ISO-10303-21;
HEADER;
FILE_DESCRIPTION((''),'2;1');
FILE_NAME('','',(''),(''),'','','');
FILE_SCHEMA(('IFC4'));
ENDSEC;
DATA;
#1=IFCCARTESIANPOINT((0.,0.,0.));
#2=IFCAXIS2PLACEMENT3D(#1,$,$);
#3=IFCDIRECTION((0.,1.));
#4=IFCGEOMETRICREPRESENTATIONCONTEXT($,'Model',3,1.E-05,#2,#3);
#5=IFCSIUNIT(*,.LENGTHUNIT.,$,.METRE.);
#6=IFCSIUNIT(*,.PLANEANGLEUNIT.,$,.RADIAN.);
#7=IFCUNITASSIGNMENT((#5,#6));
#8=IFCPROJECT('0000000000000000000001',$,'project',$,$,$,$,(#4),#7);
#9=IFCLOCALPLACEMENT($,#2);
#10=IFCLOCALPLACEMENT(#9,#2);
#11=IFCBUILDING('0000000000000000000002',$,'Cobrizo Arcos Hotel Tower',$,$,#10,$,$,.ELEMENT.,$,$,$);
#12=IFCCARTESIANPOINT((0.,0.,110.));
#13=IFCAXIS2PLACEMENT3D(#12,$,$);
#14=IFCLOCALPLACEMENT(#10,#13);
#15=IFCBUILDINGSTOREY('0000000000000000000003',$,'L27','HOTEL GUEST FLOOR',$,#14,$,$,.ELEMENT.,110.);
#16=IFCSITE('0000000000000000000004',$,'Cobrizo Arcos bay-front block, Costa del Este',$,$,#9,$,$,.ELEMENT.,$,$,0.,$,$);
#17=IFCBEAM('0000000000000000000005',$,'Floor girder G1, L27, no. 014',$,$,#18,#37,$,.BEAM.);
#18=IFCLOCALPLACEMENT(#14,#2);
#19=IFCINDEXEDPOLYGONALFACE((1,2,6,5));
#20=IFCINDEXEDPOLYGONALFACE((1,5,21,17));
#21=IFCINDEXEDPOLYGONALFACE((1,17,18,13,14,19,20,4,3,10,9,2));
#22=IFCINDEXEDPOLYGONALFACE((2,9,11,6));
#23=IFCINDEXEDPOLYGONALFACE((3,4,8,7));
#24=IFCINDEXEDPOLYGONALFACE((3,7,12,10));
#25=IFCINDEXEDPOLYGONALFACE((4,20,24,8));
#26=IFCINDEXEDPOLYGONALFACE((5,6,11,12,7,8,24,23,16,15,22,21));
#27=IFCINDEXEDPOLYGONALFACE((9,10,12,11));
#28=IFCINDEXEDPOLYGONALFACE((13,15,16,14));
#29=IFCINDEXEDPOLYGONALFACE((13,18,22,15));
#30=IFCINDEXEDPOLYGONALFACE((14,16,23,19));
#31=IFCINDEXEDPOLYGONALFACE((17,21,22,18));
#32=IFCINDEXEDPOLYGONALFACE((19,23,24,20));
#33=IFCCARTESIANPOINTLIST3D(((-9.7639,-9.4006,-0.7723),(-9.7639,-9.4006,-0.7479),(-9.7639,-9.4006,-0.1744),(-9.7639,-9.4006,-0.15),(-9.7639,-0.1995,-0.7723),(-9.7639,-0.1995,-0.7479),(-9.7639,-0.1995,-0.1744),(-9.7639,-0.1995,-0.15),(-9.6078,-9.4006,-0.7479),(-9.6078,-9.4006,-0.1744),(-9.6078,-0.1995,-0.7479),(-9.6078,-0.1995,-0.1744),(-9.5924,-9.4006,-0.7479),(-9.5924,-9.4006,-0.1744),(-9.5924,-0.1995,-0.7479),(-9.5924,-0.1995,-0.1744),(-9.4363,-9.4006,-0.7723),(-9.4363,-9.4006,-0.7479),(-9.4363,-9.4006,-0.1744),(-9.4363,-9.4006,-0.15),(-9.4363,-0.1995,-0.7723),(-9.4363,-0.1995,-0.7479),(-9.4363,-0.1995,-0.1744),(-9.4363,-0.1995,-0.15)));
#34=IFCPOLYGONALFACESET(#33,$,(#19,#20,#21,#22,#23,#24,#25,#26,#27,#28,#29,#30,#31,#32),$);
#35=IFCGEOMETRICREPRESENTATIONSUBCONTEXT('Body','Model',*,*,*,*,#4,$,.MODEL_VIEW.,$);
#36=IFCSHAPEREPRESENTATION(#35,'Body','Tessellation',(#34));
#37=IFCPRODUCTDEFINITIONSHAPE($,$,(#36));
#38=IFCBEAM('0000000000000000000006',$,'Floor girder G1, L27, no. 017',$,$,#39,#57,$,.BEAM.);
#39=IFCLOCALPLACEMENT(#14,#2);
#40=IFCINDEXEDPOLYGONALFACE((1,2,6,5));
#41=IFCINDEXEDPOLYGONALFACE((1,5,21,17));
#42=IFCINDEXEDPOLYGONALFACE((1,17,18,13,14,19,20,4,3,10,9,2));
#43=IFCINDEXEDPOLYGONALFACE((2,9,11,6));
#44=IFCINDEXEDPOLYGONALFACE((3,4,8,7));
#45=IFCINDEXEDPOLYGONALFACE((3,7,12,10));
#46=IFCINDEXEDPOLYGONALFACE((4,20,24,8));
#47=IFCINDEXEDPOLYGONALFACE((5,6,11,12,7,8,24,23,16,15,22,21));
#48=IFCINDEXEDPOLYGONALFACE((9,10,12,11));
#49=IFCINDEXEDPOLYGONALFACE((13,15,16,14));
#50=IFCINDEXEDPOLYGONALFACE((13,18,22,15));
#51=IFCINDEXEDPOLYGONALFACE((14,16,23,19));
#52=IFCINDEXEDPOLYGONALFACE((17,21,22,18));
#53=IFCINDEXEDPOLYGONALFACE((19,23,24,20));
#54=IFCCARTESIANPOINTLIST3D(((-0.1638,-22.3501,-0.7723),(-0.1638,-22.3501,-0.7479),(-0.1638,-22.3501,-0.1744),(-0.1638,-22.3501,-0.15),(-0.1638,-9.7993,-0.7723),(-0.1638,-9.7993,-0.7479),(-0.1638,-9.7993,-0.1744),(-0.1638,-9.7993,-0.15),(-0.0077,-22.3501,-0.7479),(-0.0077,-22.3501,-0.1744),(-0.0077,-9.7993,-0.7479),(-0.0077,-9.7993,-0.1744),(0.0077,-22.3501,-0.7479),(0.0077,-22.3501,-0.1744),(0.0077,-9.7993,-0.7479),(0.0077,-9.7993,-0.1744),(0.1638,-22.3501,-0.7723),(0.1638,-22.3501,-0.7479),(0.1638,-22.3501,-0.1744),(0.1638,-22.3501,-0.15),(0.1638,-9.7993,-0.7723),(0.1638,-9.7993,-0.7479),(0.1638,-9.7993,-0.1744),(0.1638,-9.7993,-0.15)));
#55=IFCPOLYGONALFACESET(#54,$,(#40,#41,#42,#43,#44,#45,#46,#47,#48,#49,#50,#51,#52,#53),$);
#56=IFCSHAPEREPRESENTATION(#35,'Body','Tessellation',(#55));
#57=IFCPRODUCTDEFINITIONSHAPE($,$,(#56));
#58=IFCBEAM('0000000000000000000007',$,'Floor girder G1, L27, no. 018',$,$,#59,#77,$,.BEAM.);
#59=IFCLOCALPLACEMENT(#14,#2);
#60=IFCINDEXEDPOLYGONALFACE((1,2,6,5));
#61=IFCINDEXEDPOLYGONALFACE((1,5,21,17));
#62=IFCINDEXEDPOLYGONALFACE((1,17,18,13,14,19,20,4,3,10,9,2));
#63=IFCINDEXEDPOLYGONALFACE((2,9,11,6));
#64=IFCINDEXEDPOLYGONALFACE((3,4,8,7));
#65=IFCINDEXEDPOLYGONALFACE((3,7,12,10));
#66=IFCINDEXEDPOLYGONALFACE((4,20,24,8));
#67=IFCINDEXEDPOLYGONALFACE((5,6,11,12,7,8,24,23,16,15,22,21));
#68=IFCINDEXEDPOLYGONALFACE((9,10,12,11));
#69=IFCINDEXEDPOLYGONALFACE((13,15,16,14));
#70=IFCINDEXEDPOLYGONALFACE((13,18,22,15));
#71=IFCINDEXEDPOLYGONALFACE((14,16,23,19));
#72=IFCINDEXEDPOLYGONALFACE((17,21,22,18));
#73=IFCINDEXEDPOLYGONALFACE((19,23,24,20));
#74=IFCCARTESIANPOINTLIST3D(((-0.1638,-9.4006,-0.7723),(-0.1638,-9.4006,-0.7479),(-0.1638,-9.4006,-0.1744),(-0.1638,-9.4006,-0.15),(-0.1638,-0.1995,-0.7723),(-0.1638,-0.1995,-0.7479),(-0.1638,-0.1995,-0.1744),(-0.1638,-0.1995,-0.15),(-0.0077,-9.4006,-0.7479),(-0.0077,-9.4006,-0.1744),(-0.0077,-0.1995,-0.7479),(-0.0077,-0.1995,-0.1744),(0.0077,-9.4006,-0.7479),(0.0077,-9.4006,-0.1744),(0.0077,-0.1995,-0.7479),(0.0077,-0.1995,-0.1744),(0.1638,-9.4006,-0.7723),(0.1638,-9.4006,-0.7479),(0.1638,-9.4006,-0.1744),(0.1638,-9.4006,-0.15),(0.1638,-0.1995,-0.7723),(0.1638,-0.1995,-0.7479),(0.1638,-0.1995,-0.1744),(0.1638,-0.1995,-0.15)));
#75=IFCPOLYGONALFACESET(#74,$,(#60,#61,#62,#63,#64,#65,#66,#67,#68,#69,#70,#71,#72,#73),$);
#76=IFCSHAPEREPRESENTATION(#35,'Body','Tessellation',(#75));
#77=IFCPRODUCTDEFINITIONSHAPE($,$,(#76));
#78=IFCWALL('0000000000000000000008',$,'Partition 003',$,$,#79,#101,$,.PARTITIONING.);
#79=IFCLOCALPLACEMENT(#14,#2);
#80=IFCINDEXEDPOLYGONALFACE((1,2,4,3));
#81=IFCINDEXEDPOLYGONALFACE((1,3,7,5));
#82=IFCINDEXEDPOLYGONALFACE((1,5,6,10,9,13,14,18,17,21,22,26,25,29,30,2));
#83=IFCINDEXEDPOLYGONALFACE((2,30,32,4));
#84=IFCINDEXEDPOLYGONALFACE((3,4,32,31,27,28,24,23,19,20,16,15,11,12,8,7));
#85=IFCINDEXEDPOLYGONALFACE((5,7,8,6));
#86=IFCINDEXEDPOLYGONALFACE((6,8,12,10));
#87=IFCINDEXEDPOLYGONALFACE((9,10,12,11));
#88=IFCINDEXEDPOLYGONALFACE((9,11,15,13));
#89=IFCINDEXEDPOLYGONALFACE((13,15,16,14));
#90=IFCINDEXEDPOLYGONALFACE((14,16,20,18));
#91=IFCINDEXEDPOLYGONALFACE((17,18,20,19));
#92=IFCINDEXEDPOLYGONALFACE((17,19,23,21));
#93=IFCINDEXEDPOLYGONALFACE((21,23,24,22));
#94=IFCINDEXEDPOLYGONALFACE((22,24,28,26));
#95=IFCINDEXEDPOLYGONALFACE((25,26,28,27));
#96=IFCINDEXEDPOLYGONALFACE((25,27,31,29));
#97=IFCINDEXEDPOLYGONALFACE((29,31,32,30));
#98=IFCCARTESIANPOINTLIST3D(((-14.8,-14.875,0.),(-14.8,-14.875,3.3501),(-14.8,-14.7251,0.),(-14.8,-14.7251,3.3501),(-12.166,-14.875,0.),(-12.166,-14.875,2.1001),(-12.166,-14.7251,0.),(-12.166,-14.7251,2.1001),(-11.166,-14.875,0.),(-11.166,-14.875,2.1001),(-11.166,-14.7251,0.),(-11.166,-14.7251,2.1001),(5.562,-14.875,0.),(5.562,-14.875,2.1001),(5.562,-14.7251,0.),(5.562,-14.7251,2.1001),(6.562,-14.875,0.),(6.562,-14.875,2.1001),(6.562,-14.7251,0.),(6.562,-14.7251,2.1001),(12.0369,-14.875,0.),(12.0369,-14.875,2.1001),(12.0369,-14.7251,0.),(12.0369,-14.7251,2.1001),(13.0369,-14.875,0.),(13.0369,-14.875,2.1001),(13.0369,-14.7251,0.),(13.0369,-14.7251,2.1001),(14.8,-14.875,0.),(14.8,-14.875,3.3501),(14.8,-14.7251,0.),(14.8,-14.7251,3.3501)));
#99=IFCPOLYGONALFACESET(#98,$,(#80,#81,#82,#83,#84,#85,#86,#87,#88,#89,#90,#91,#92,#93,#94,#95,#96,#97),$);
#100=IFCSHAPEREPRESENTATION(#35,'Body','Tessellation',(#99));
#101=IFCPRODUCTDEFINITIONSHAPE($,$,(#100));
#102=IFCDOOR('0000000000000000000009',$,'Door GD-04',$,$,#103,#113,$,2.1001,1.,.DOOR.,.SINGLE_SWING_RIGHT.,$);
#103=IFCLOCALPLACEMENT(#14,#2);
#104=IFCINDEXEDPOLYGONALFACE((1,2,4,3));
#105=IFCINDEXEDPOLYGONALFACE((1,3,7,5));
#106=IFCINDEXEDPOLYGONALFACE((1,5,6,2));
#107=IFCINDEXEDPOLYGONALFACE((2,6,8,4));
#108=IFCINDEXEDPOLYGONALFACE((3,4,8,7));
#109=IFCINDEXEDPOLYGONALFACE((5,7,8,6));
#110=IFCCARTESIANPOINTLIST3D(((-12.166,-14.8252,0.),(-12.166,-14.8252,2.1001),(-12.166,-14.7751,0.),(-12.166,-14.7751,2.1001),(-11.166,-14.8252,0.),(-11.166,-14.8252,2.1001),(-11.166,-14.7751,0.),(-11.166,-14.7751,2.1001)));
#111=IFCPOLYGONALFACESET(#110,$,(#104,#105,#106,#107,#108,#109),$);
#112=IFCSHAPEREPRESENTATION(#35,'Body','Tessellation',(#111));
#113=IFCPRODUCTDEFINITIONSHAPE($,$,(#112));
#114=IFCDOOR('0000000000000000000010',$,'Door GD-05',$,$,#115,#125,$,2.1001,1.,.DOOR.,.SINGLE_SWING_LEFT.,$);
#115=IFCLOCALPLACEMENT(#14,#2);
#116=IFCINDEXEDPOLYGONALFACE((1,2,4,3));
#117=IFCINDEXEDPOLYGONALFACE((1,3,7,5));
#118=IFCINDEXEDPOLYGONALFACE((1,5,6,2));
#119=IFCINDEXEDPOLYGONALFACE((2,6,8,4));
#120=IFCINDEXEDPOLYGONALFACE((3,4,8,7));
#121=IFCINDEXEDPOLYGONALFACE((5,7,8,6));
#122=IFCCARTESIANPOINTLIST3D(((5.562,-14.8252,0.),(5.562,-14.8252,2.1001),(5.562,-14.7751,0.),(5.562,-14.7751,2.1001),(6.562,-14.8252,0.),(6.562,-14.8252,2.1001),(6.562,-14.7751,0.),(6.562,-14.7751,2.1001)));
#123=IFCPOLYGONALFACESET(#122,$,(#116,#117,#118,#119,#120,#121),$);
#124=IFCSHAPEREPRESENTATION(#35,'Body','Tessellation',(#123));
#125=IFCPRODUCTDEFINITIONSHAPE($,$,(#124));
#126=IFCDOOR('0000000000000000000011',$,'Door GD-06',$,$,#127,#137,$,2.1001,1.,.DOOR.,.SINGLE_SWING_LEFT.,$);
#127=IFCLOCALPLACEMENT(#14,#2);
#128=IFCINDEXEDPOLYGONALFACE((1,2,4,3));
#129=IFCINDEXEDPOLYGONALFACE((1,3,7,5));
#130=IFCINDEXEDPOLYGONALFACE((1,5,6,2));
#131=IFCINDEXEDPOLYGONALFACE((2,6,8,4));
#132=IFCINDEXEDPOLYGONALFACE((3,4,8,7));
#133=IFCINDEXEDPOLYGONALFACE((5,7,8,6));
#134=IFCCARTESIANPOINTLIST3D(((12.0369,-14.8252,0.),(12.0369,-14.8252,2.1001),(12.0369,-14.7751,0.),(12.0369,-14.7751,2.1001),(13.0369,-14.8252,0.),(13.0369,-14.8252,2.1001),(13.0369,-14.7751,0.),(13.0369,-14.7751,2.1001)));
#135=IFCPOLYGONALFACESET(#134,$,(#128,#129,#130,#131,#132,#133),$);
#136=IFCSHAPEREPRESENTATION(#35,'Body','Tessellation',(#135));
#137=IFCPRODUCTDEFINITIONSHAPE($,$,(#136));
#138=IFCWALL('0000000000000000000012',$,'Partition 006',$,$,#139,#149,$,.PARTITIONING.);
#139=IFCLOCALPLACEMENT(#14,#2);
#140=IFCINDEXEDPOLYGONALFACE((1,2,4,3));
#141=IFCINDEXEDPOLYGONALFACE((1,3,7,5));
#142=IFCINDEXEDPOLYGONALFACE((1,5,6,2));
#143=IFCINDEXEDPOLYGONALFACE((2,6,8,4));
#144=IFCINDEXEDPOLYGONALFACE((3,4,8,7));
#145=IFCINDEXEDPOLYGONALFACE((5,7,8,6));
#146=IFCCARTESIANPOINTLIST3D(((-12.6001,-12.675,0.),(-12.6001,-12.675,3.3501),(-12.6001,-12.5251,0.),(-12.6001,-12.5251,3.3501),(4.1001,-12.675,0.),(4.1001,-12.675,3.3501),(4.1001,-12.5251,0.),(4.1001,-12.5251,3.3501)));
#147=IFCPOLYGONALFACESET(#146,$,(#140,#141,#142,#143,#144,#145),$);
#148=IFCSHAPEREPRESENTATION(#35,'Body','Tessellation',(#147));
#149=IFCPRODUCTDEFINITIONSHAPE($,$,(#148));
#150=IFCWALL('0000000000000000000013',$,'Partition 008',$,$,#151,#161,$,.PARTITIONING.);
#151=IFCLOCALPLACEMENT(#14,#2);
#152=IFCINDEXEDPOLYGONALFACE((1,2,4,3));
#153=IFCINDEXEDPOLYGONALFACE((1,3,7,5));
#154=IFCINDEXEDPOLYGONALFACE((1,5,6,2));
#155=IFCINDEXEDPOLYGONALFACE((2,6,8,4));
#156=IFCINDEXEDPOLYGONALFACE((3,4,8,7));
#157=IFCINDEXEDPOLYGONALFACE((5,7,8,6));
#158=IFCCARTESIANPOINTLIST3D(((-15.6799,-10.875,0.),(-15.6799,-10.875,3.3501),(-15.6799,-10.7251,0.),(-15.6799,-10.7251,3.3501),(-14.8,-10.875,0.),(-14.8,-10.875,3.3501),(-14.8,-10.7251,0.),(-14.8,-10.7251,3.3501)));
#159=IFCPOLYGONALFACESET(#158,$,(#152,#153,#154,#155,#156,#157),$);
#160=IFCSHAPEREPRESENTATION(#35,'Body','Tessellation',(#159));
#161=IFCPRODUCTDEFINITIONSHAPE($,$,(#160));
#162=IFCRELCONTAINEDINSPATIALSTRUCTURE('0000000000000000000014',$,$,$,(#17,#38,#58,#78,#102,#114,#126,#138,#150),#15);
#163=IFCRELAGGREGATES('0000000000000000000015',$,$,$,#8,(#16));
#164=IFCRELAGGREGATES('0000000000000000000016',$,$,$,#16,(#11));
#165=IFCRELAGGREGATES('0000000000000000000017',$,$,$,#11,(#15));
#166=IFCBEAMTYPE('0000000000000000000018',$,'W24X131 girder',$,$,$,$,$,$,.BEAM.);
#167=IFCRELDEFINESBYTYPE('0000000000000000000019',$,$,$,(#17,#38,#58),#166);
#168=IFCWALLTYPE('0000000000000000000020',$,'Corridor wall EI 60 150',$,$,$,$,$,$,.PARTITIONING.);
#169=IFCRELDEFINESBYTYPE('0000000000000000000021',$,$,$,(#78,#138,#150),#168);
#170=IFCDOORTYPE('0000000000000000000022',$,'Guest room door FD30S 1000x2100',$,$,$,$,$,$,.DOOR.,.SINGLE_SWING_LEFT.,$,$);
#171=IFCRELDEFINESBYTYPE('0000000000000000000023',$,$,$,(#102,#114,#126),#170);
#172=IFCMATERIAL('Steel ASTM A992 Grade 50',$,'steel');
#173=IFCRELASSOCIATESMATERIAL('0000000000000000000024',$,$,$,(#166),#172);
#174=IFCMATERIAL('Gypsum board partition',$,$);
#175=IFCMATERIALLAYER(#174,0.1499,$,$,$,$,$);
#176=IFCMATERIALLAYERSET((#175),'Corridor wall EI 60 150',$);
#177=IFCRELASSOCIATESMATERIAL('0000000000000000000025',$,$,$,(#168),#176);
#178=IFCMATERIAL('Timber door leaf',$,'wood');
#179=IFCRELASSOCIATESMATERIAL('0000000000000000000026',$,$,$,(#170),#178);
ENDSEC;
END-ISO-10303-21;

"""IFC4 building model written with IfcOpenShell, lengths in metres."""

from ifc_helpers import new_model, si_unit, direction, frame, frame_2d, origin, origin_2d, place, context, subcontext, project, spatial, rectangle, i_section, extrude, material, layer, layer_set, material_profile, profile_set, type_object, element, fill, save


model = new_model("IFC4")

# Units and contexts
model_context = context("Model", 3, precision=1e-05, world=origin(), true_north=direction((0.0, 1.0)))
body_context = subcontext(model_context, "Body", "Model", "MODEL_VIEW")
ifc_project = project(units=[si_unit("LENGTHUNIT", "METRE"), si_unit("PLANEANGLEUNIT", "RADIAN")], contexts=[model_context])

# Site, building, storey
site_placement = place(None, origin())
site = spatial("IfcSite", under=ifc_project, at=site_placement, Name="Cobrizo Arcos bay-front block, Costa del Este", CompositionType="ELEMENT", RefElevation=0.0)
building_placement = place(site_placement, origin())
building = spatial("IfcBuilding", under=site, at=building_placement, Name="Cobrizo Arcos Hotel Tower", CompositionType="ELEMENT")
storey_placement = place(building_placement, frame((0.0, 0.0, 110.0)))
storey = spatial("IfcBuildingStorey", under=building, at=storey_placement, Name="L27", Description="HOTEL GUEST FLOOR", CompositionType="ELEMENT", Elevation=110.0)

# Shared definitions
ifc_material_1 = material(Name="Steel ASTM A992 Grade 50", Category="steel")

# Beams
ifc_material_profile_1 = material_profile(ifc_material_1, i_section(OverallWidth=0.3276, OverallDepth=0.6223, WebThickness=0.0154, FlangeThickness=0.0244, at=origin_2d()), Name="W24X131")
ifc_profile_set_1 = profile_set([ifc_material_profile_1], Name="Steel ASTM A992 Grade 50")
beam_type_1 = type_object("IfcBeamType", Name="W24X131 girder", PredefinedType="BEAM", material=ifc_profile_set_1)
beam_1_placement = place(storey_placement, frame((-9.6001, -9.4006, -0.4612), z_axis=(0.0, 1.0, 0.0), x_axis=(-1.0, 0.0, 0.0)))
element("IfcBeam", 1, at=beam_1_placement, inside=storey, type_object=beam_type_1, Name="Floor girder G1, L27, no. 014", PredefinedType="BEAM", context=body_context, shape_type="SweptSolid", body=[
    extrude(i_section(OverallWidth=0.3276, OverallDepth=0.6223, WebThickness=0.0154, FlangeThickness=0.0244, at=origin_2d()), origin(), (0.0, 0.0, 1.0), 9.2012),
])
beam_2_placement = place(storey_placement, frame((0.0, -22.3501, -0.4612), z_axis=(0.0, 1.0, 0.0), x_axis=(-1.0, 0.0, 0.0)))
element("IfcBeam", 2, at=beam_2_placement, inside=storey, type_object=beam_type_1, Name="Floor girder G1, L27, no. 017", PredefinedType="BEAM", context=body_context, shape_type="SweptSolid", body=[
    extrude(i_section(OverallWidth=0.3276, OverallDepth=0.6223, WebThickness=0.0154, FlangeThickness=0.0244, at=origin_2d()), origin(), (0.0, 0.0, 1.0), 12.5508),
])
beam_3_placement = place(storey_placement, frame((0.0, -9.4006, -0.4612), z_axis=(0.0, 1.0, 0.0), x_axis=(-1.0, 0.0, 0.0)))
element("IfcBeam", 3, at=beam_3_placement, inside=storey, type_object=beam_type_1, Name="Floor girder G1, L27, no. 018", PredefinedType="BEAM", context=body_context, shape_type="SweptSolid", body=[
    extrude(i_section(OverallWidth=0.3276, OverallDepth=0.6223, WebThickness=0.0154, FlangeThickness=0.0244, at=origin_2d()), origin(), (0.0, 0.0, 1.0), 9.2012),
])

# Wall, openings, doors
ifc_material_2 = material(Name="Gypsum board partition")
ifc_layer_1 = layer(ifc_material_2, 0.1499)
ifc_layer_set_1 = layer_set([ifc_layer_1], Name="Corridor wall EI 60 150")
wall_type_1 = type_object("IfcWallType", Name="Corridor wall EI 60 150", PredefinedType="PARTITIONING", material=ifc_layer_set_1)
wall_1_placement = place(storey_placement, frame((-14.8, -14.8, 0.0), z_axis=(0.0, 0.0, 1.0), x_axis=(1.0, 0.0, 0.0)))
wall_1 = element("IfcWall", 4, at=wall_1_placement, inside=storey, type_object=wall_type_1, Name="Partition 003", PredefinedType="PARTITIONING", context=body_context, shape_type="SweptSolid", body=[
    extrude(rectangle(XDim=29.6001, YDim=0.1499, at=frame_2d((14.8, 0.0))), origin(), (0.0, 0.0, 1.0), 3.3501),
])
opening_1_placement = place(wall_1_placement, frame((2.634, 0.0, 0.0)))
opening_1 = element("IfcOpeningElement", 5, at=opening_1_placement, cuts=wall_1, PredefinedType="OPENING", context=body_context, shape_type="SweptSolid", body=[
    extrude(rectangle(XDim=1.0, YDim=2.1001, at=frame_2d((0.5, 1.05))), frame((0.0, 0.0869, 0.0), z_axis=(0.0, -1.0, 0.0), x_axis=(1.0, 0.0, 0.0)), (0.0, 0.0, 1.0), 0.1738),
])
opening_2_placement = place(wall_1_placement, frame((20.3621, 0.0, 0.0)))
opening_2 = element("IfcOpeningElement", 6, at=opening_2_placement, cuts=wall_1, PredefinedType="OPENING", context=body_context, shape_type="SweptSolid", body=[
    extrude(rectangle(XDim=1.0, YDim=2.1001, at=frame_2d((0.5, 1.05))), frame((0.0, 0.0869, 0.0), z_axis=(0.0, -1.0, 0.0), x_axis=(1.0, 0.0, 0.0)), (0.0, 0.0, 1.0), 0.1738),
])
opening_3_placement = place(wall_1_placement, frame((26.8369, 0.0, 0.0)))
opening_3 = element("IfcOpeningElement", 7, at=opening_3_placement, cuts=wall_1, PredefinedType="OPENING", context=body_context, shape_type="SweptSolid", body=[
    extrude(rectangle(XDim=1.0, YDim=2.1001, at=frame_2d((0.5, 1.05))), frame((0.0, 0.0869, 0.0), z_axis=(0.0, -1.0, 0.0), x_axis=(1.0, 0.0, 0.0)), (0.0, 0.0, 1.0), 0.1738),
])
ifc_material_3 = material(Name="Timber door leaf", Category="wood")
door_type_1 = type_object("IfcDoorType", Name="Guest room door FD30S 1000x2100", OperationType="SINGLE_SWING_LEFT", PredefinedType="DOOR", material=ifc_material_3)
door_1_placement = place(opening_1_placement, origin())
door_1 = element("IfcDoor", 8, at=door_1_placement, inside=storey, type_object=door_type_1, Name="Door GD-04", OperationType="SINGLE_SWING_RIGHT", OverallHeight=2.1001, OverallWidth=1.0, PredefinedType="DOOR", context=body_context, shape_type="SweptSolid", body=[
    extrude(rectangle(XDim=1.0, YDim=2.1001, at=frame_2d((0.5, 1.05))), frame((0.0, 0.0249, 0.0), z_axis=(0.0, -1.0, 0.0), x_axis=(1.0, 0.0, 0.0)), (0.0, 0.0, 1.0), 0.05),
])
fill(opening_1, door_1)
door_2_placement = place(opening_2_placement, origin())
door_2 = element("IfcDoor", 9, at=door_2_placement, inside=storey, type_object=door_type_1, Name="Door GD-05", OperationType="SINGLE_SWING_LEFT", OverallHeight=2.1001, OverallWidth=1.0, PredefinedType="DOOR", context=body_context, shape_type="SweptSolid", body=[
    extrude(rectangle(XDim=1.0, YDim=2.1001, at=frame_2d((0.5, 1.05))), frame((0.0, 0.0249, 0.0), z_axis=(0.0, -1.0, 0.0), x_axis=(1.0, 0.0, 0.0)), (0.0, 0.0, 1.0), 0.05),
])
fill(opening_2, door_2)
door_3_placement = place(opening_3_placement, origin())
door_3 = element("IfcDoor", 10, at=door_3_placement, inside=storey, type_object=door_type_1, Name="Door GD-06", OperationType="SINGLE_SWING_LEFT", OverallHeight=2.1001, OverallWidth=1.0, PredefinedType="DOOR", context=body_context, shape_type="SweptSolid", body=[
    extrude(rectangle(XDim=1.0, YDim=2.1001, at=frame_2d((0.5, 1.05))), frame((0.0, 0.0249, 0.0), z_axis=(0.0, -1.0, 0.0), x_axis=(1.0, 0.0, 0.0)), (0.0, 0.0, 1.0), 0.05),
])
fill(opening_3, door_3)

# Walls
wall_2_placement = place(storey_placement, frame((-12.6001, -12.6001, 0.0), z_axis=(0.0, 0.0, 1.0), x_axis=(1.0, 0.0, 0.0)))
element("IfcWall", 11, at=wall_2_placement, inside=storey, type_object=wall_type_1, Name="Partition 006", PredefinedType="PARTITIONING", context=body_context, shape_type="SweptSolid", body=[
    extrude(rectangle(XDim=16.7002, YDim=0.1499, at=frame_2d((8.3501, 0.0))), origin(), (0.0, 0.0, 1.0), 3.3501),
])
wall_3_placement = place(storey_placement, frame((-15.6799, -10.8, 0.0), z_axis=(0.0, 0.0, 1.0), x_axis=(1.0, 0.0, 0.0)))
element("IfcWall", 12, at=wall_3_placement, inside=storey, type_object=wall_type_1, Name="Partition 008", PredefinedType="PARTITIONING", context=body_context, shape_type="SweptSolid", body=[
    extrude(rectangle(XDim=0.8799, YDim=0.1499, at=frame_2d((0.4399, 0.0))), origin(), (0.0, 0.0, 1.0), 3.3501),
])

save(model, "model.ifc")
